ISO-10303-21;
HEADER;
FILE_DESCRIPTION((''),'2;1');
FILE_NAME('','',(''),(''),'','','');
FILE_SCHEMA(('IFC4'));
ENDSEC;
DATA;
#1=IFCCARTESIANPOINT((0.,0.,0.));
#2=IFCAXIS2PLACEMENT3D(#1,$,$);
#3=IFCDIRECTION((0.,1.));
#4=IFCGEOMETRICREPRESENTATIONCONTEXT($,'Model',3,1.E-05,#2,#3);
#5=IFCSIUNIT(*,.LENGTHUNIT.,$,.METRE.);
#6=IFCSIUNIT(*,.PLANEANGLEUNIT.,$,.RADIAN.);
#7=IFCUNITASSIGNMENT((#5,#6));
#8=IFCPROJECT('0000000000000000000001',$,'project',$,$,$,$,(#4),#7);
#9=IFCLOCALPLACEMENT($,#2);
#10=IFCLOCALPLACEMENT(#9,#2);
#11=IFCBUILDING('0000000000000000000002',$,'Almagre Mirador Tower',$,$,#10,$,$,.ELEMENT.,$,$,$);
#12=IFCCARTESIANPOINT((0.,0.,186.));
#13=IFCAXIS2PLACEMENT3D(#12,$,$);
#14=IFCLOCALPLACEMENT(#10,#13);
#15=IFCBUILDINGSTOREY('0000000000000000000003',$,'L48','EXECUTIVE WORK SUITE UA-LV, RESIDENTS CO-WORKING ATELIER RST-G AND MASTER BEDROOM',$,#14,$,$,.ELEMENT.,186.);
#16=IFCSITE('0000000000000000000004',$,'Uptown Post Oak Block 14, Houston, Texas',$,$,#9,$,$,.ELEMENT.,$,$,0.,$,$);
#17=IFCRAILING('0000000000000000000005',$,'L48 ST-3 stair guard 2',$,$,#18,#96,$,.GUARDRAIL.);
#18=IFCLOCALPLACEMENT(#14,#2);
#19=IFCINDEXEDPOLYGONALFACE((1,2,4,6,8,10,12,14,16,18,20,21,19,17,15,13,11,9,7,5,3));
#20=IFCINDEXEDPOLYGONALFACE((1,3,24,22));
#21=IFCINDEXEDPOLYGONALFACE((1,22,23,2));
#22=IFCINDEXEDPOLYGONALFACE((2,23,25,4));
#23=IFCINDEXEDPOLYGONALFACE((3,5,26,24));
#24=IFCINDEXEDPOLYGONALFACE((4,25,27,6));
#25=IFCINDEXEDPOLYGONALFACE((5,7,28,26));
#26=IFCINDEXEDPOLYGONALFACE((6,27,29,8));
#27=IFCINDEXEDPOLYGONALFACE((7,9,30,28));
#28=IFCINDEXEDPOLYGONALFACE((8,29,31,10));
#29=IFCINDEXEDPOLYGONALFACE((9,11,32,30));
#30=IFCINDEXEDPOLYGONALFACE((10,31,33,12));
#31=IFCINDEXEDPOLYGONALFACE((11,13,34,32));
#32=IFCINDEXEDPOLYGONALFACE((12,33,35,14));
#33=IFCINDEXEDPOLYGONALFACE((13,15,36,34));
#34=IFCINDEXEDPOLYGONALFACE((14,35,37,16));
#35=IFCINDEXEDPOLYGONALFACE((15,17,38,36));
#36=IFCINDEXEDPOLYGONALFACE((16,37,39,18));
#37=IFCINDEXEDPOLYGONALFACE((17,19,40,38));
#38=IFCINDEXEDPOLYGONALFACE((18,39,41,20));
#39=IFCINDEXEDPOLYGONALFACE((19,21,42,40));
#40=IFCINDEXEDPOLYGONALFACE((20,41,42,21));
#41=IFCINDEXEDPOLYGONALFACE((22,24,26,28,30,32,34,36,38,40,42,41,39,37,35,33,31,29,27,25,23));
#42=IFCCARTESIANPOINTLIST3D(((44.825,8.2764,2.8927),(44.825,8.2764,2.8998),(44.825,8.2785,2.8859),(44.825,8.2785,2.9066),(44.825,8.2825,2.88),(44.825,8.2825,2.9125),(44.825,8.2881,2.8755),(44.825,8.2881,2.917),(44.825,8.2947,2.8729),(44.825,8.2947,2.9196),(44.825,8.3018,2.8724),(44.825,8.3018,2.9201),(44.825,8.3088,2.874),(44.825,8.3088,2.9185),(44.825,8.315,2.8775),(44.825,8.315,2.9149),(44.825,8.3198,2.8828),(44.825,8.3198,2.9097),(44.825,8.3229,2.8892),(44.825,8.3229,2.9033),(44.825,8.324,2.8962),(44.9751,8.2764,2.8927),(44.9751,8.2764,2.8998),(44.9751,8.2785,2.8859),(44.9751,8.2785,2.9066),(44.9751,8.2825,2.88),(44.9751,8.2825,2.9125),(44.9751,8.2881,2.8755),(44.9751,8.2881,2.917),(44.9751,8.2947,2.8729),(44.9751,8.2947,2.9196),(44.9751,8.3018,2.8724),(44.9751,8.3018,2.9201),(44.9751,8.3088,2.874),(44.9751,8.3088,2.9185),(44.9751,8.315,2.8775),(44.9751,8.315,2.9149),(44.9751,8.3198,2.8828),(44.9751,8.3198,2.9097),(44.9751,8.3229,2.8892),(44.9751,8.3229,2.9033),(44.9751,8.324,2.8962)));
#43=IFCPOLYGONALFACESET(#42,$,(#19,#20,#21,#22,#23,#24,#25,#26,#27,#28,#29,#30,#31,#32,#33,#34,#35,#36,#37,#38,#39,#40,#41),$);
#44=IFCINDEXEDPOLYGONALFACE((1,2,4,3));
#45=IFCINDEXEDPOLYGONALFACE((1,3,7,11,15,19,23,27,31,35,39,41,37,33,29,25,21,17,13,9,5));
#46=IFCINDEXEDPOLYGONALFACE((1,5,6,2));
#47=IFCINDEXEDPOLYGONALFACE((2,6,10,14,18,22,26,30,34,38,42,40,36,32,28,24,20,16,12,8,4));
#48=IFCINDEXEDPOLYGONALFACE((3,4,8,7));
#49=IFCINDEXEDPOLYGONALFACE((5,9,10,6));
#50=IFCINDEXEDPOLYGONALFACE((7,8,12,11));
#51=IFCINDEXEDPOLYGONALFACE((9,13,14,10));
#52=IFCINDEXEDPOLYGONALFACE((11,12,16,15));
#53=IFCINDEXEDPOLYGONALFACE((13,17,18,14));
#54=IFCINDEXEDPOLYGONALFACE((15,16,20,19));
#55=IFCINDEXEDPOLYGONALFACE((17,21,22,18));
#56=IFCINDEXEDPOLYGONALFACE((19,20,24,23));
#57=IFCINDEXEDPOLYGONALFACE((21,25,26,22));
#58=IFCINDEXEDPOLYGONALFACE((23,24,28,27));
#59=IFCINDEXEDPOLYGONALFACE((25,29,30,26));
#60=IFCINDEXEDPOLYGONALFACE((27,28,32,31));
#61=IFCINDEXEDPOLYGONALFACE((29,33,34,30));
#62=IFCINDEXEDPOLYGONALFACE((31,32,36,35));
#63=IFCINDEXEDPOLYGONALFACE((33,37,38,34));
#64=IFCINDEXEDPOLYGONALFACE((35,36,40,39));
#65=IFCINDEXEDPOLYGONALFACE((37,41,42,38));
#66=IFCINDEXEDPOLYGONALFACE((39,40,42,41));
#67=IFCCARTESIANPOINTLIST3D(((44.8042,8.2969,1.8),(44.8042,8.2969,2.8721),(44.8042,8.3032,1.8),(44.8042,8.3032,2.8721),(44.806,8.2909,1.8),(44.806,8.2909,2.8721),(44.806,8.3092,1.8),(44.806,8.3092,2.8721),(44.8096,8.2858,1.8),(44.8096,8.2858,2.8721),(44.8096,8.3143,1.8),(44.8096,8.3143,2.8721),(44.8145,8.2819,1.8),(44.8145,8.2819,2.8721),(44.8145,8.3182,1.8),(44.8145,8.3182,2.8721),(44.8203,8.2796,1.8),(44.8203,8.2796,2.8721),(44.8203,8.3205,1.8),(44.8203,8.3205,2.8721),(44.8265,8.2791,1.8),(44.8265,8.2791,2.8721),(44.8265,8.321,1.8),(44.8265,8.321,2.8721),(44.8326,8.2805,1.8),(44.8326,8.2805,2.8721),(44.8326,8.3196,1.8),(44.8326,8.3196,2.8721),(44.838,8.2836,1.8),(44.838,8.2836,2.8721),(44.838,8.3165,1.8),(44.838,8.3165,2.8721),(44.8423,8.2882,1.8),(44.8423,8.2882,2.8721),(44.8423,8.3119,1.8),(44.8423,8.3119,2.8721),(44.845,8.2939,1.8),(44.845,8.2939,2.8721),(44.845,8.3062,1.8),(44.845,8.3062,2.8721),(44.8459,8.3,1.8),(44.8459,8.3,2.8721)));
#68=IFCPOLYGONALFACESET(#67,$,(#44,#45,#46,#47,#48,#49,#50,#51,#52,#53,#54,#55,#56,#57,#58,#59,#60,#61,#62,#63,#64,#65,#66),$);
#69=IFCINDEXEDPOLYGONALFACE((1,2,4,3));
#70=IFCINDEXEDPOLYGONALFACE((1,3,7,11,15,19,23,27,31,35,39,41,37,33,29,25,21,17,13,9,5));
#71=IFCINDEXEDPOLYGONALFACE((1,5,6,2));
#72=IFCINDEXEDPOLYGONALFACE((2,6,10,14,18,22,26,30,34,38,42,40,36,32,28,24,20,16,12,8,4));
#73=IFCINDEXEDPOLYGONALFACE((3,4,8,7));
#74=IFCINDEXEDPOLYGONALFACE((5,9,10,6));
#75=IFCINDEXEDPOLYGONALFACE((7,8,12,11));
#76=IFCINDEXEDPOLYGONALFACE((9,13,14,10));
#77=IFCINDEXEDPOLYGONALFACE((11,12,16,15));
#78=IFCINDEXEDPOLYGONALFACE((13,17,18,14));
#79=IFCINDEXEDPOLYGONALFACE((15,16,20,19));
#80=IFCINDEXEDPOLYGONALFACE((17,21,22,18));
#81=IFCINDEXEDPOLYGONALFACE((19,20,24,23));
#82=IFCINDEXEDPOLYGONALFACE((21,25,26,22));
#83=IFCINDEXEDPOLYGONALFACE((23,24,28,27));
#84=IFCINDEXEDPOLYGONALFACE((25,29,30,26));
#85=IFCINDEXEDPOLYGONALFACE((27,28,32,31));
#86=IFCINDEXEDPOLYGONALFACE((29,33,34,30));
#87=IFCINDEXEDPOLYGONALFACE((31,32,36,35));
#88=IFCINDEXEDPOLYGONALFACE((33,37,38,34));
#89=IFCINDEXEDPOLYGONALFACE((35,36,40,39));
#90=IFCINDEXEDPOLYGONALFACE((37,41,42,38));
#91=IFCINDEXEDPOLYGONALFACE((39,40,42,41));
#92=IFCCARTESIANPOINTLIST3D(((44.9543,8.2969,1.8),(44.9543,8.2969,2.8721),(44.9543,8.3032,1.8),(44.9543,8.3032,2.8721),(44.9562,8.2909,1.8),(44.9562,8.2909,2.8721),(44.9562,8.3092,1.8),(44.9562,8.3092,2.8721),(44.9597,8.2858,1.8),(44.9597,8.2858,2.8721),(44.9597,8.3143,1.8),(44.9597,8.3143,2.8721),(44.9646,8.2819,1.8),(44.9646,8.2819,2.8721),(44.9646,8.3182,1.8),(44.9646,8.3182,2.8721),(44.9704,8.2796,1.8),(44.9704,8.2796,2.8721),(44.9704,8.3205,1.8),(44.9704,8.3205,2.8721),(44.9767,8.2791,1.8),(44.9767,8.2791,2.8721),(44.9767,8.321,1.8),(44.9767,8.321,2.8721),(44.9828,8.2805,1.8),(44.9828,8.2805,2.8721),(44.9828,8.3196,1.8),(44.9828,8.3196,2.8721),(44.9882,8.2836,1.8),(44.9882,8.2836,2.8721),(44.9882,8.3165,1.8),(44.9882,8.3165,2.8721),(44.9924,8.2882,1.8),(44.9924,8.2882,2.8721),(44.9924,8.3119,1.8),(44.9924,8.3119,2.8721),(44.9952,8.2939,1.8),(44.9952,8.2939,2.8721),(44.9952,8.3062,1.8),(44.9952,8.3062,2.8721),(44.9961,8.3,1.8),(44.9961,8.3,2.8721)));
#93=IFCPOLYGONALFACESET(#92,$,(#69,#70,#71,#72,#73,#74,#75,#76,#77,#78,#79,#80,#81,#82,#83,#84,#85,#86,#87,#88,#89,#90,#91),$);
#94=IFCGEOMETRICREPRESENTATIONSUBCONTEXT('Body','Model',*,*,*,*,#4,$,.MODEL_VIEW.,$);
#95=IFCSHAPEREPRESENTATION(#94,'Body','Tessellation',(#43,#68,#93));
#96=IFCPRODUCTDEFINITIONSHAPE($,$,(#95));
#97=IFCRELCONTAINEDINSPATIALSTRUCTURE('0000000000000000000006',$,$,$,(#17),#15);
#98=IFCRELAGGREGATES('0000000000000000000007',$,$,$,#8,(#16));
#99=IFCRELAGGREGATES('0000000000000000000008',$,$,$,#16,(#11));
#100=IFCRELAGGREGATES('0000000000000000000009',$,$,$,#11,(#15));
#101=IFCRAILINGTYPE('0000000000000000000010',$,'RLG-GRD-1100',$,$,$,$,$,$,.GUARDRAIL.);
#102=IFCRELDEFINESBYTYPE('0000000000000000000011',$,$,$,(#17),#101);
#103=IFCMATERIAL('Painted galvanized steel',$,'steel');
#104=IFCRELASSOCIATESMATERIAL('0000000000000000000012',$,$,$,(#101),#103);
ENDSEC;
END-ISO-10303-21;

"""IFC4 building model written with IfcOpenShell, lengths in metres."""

from ifc_helpers import new_model, si_unit, direction, frame, origin, origin_2d, place, context, subcontext, project, spatial, circle, extrude, material, type_object, element, save


model = new_model("IFC4")

# Units and contexts
model_context = context("Model", 3, precision=1e-05, world=origin(), true_north=direction((0.0, 1.0)))
body_context = subcontext(model_context, "Body", "Model", "MODEL_VIEW")
ifc_project = project(units=[si_unit("LENGTHUNIT", "METRE"), si_unit("PLANEANGLEUNIT", "RADIAN")], contexts=[model_context])

# Site, building, storey
site_placement = place(None, origin())
site = spatial("IfcSite", under=ifc_project, at=site_placement, Name="Uptown Post Oak Block 14, Houston, Texas", CompositionType="ELEMENT", RefElevation=0.0)
building_placement = place(site_placement, origin())
building = spatial("IfcBuilding", under=site, at=building_placement, Name="Almagre Mirador Tower", CompositionType="ELEMENT")
storey_placement = place(building_placement, frame((0.0, 0.0, 186.0)))
storey = spatial("IfcBuildingStorey", under=building, at=storey_placement, Name="L48", Description="EXECUTIVE WORK SUITE UA-LV, RESIDENTS CO-WORKING ATELIER RST-G AND MASTER BEDROOM", CompositionType="ELEMENT", Elevation=186.0)

# Railing
ifc_material_1 = material(Name="Painted galvanized steel", Category="steel")
railing_type_1 = type_object("IfcRailingType", Name="RLG-GRD-1100", PredefinedType="GUARDRAIL", material=ifc_material_1)
railing_1_placement = place(storey_placement, frame((44.825, 8.3, 1.8)))
element("IfcRailing", 1, at=railing_1_placement, inside=storey, type_object=railing_type_1, Name="L48 ST-3 stair guard 2", PredefinedType="GUARDRAIL", context=body_context, shape_type="SweptSolid", body=[
    extrude(circle(Radius=0.0239, at=origin_2d()), frame((0.0, 0.0, 1.0962), z_axis=(1.0, 0.0, 0.0), x_axis=(0.0, 1.0, 0.0)), (0.0, 0.0, 1.0), 0.1501),
    extrude(circle(Radius=0.021, at=origin_2d()), origin(), (0.0, 0.0, 1.0), 1.072),
    extrude(circle(Radius=0.021, at=origin_2d()), frame((0.1501, 0.0, 0.0)), (0.0, 0.0, 1.0), 1.072),
])

save(model, "model.ifc")
